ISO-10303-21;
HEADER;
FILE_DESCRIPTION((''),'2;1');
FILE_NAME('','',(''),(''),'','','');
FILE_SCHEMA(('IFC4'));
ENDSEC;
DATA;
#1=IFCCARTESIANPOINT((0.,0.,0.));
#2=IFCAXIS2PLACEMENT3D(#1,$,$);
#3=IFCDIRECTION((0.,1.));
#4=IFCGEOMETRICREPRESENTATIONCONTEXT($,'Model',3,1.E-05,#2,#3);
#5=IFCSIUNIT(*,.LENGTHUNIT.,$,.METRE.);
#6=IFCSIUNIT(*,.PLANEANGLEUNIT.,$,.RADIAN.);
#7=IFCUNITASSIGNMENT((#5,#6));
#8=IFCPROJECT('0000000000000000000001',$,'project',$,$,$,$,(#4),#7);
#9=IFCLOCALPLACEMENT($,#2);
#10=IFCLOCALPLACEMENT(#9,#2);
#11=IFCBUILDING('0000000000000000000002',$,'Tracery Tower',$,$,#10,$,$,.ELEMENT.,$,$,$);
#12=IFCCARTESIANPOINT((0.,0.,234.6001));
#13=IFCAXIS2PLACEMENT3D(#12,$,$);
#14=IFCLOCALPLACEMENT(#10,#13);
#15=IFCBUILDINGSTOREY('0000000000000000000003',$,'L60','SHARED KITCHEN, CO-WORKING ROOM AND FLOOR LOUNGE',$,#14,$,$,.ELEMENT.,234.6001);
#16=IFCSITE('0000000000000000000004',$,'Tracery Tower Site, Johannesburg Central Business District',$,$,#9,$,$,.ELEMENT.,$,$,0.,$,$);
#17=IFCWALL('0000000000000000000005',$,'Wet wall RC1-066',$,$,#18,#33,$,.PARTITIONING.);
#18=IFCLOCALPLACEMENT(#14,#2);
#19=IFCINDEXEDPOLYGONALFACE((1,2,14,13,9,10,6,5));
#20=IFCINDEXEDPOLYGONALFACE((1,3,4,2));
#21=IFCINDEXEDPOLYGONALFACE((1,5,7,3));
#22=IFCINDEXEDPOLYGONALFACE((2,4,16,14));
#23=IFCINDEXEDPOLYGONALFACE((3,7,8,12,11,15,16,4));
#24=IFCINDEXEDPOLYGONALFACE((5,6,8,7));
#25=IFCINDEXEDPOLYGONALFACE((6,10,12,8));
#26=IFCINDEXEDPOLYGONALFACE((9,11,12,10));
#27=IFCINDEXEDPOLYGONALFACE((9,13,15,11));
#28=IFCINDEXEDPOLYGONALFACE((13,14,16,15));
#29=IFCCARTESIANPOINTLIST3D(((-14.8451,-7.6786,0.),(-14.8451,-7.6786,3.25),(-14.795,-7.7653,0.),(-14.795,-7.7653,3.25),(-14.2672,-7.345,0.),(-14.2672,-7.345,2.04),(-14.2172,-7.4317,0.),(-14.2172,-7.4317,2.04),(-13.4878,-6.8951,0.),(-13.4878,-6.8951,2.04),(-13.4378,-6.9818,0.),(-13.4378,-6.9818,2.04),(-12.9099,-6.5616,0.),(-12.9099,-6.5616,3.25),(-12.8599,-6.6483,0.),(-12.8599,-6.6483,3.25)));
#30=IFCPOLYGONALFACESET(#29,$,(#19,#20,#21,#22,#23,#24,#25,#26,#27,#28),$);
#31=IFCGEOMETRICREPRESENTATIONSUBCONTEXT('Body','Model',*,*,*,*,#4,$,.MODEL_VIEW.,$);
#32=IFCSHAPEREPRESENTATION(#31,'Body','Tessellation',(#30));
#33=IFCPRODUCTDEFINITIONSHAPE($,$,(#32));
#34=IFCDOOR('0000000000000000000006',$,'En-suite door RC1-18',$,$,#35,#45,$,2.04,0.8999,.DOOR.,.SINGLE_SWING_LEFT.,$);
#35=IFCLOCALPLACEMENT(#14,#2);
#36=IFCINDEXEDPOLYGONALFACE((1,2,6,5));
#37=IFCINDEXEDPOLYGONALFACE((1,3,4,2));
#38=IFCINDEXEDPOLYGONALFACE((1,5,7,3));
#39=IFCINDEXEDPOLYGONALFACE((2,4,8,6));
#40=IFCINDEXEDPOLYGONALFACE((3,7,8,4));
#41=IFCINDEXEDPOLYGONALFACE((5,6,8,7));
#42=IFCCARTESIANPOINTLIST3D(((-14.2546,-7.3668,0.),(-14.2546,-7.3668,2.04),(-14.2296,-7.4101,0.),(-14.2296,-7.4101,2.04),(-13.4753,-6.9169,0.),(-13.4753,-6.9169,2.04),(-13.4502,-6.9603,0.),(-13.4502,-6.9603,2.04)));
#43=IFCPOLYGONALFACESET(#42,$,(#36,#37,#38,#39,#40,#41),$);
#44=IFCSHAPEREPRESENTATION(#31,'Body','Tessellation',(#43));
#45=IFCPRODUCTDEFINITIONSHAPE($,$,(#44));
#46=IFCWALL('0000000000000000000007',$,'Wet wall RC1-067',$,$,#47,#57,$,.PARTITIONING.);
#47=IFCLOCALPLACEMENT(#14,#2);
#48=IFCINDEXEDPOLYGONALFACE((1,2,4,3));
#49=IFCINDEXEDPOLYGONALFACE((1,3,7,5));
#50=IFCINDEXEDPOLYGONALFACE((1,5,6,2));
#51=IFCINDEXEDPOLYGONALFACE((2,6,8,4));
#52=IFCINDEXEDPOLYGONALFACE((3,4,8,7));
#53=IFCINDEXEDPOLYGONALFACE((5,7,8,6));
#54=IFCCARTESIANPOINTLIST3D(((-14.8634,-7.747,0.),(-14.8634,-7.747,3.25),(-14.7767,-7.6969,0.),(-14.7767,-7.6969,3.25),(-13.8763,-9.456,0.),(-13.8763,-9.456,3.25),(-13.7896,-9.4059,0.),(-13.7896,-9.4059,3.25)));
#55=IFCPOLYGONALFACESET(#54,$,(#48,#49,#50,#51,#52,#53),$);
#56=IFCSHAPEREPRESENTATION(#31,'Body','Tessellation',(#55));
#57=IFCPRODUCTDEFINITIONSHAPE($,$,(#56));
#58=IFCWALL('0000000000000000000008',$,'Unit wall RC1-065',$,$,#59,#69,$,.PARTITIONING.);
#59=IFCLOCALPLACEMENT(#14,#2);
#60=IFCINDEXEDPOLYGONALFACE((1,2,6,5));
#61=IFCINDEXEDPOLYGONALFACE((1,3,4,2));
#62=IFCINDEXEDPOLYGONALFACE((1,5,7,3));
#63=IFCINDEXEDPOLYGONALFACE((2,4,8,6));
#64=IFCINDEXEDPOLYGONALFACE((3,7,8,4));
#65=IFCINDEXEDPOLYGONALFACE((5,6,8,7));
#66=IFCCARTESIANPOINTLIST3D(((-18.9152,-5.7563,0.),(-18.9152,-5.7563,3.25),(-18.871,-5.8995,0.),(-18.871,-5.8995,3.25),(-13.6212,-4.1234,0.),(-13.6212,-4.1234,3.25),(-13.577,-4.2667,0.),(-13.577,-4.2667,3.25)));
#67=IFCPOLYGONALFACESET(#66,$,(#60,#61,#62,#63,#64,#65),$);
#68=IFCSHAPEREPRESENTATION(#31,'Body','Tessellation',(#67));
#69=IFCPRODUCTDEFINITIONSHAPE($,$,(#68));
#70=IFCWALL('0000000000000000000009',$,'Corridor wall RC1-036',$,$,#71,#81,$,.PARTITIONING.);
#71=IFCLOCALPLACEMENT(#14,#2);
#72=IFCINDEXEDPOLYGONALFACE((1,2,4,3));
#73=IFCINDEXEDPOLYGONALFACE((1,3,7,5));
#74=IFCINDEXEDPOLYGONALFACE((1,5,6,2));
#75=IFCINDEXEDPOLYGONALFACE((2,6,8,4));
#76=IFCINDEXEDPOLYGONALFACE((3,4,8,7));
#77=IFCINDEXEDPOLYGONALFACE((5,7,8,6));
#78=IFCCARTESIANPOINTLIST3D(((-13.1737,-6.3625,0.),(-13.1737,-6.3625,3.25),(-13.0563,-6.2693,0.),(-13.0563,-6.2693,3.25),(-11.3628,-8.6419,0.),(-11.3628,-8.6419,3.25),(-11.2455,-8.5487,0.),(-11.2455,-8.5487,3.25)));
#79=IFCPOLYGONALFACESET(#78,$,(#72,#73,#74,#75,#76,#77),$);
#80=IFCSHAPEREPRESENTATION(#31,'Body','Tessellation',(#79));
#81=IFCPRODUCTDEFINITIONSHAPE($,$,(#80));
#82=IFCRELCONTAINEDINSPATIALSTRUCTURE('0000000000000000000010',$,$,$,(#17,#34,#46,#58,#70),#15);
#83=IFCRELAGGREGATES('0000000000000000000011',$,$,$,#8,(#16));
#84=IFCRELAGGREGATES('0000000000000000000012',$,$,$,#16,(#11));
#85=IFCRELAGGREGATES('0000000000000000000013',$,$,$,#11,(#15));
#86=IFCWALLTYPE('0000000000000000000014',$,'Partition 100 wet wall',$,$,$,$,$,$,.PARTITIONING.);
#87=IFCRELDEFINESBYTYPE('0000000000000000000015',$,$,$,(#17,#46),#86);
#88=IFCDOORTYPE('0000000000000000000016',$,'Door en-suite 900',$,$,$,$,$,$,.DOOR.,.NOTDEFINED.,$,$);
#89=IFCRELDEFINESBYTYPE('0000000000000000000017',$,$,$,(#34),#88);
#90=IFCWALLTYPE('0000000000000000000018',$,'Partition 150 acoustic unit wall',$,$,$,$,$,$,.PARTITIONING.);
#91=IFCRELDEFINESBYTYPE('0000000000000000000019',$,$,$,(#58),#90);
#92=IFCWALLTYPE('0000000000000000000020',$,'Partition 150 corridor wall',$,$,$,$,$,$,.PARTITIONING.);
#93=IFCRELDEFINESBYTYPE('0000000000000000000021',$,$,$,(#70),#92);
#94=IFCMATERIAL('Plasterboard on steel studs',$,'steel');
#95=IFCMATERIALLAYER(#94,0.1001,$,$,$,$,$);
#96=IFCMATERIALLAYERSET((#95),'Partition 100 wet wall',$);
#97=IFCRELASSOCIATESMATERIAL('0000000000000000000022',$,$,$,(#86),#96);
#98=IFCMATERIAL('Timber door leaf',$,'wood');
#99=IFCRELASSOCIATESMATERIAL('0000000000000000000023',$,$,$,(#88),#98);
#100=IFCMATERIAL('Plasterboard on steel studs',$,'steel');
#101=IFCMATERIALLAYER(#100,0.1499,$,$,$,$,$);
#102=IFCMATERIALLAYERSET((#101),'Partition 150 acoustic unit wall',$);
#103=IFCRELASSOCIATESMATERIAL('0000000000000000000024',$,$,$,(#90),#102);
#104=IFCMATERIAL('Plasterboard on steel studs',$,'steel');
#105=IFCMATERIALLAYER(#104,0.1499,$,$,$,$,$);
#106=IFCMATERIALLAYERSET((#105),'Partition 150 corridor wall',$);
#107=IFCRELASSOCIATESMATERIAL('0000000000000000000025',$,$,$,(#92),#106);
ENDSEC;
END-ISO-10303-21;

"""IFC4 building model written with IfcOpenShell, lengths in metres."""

from ifc_helpers import new_model, si_unit, direction, frame, frame_2d, origin, place, context, subcontext, project, spatial, rectangle, extrude, material, layer, layer_set, type_object, element, fill, save


model = new_model("IFC4")

# Units and contexts
model_context = context("Model", 3, precision=1e-05, world=origin(), true_north=direction((0.0, 1.0)))
body_context = subcontext(model_context, "Body", "Model", "MODEL_VIEW")
ifc_project = project(units=[si_unit("LENGTHUNIT", "METRE"), si_unit("PLANEANGLEUNIT", "RADIAN")], contexts=[model_context])

# Site, building, storey
site_placement = place(None, origin())
site = spatial("IfcSite", under=ifc_project, at=site_placement, Name="Tracery Tower Site, Johannesburg Central Business District", CompositionType="ELEMENT", RefElevation=0.0)
building_placement = place(site_placement, origin())
building = spatial("IfcBuilding", under=site, at=building_placement, Name="Tracery Tower", CompositionType="ELEMENT")
storey_placement = place(building_placement, frame((0.0, 0.0, 234.6001)))
storey = spatial("IfcBuildingStorey", under=building, at=storey_placement, Name="L60", Description="SHARED KITCHEN, CO-WORKING ROOM AND FLOOR LOUNGE", CompositionType="ELEMENT", Elevation=234.6001)

# Wall, opening, door
ifc_material_1 = material(Name="Plasterboard on steel studs", Category="steel")
ifc_layer_1 = layer(ifc_material_1, 0.1001)
ifc_layer_set_1 = layer_set([ifc_layer_1], Name="Partition 100 wet wall")
wall_type_1 = type_object("IfcWallType", Name="Partition 100 wet wall", PredefinedType="PARTITIONING", material=ifc_layer_set_1)
ifc_material_2 = material(Name="Timber door leaf", Category="wood")
door_type = type_object("IfcDoorType", Name="Door en-suite 900", OperationType="NOTDEFINED", PredefinedType="DOOR", material=ifc_material_2)
wall_1_placement = place(storey_placement, frame((-14.8201, -7.7219, 0.0), z_axis=(0.0, 0.0, 1.0), x_axis=(0.866076, 0.499912, 0.0)))
wall_1 = element("IfcWall", 1, at=wall_1_placement, inside=storey, type_object=wall_type_1, Name="Wet wall RC1-066", PredefinedType="PARTITIONING", context=body_context, shape_type="SweptSolid", body=[
    extrude(rectangle(XDim=2.2344, YDim=0.1001, at=frame_2d((1.1172, 0.0))), origin(), (0.0, 0.0, 1.0), 3.25),
])
opening_1_placement = place(wall_1_placement, frame((0.6672, 0.0, 0.0)))
opening_1 = element("IfcOpeningElement", 2, at=opening_1_placement, cuts=wall_1, PredefinedType="OPENING", context=body_context, shape_type="SweptSolid", body=[
    extrude(rectangle(XDim=0.8999, YDim=2.04, at=frame_2d((0.45, 1.02))), frame((0.0, 0.05, 0.0), z_axis=(0.0, -1.0, 0.0), x_axis=(1.0, 0.0, 0.0)), (0.0, 0.0, 1.0), 0.1001),
])
door_1_placement = place(opening_1_placement, origin())
door_1 = element("IfcDoor", 3, at=door_1_placement, inside=storey, type_object=door_type, Name="En-suite door RC1-18", OperationType="SINGLE_SWING_LEFT", OverallHeight=2.04, OverallWidth=0.8999, PredefinedType="DOOR", context=body_context, shape_type="SweptSolid", body=[
    extrude(rectangle(XDim=0.8999, YDim=2.04, at=frame_2d((0.45, 1.02))), frame((0.0, 0.0249, 0.0), z_axis=(0.0, -1.0, 0.0), x_axis=(1.0, 0.0, 0.0)), (0.0, 0.0, 1.0), 0.05),
])
fill(opening_1, door_1)

# Walls
wall_2_placement = place(storey_placement, frame((-14.8201, -7.7219, 0.0), z_axis=(0.0, 0.0, 1.0), x_axis=(0.500144, -0.865942, 0.0)))
element("IfcWall", 4, at=wall_2_placement, inside=storey, type_object=wall_type_1, Name="Wet wall RC1-067", PredefinedType="PARTITIONING", context=body_context, shape_type="SweptSolid", body=[
    extrude(rectangle(XDim=1.9736, YDim=0.1001, at=frame_2d((0.9868, 0.0))), origin(), (0.0, 0.0, 1.0), 3.25),
])
ifc_material_3 = material(Name="Plasterboard on steel studs", Category="steel")
ifc_layer_2 = layer(ifc_material_3, 0.1499)
ifc_layer_set_2 = layer_set([ifc_layer_2], Name="Partition 150 acoustic unit wall")
wall_type_2 = type_object("IfcWallType", Name="Partition 150 acoustic unit wall", PredefinedType="PARTITIONING", material=ifc_layer_set_2)
wall_3_placement = place(storey_placement, frame((-18.8931, -5.8279, 0.0), z_axis=(0.0, 0.0, 1.0), x_axis=(0.955581, 0.29473, 0.0)))
element("IfcWall", 5, at=wall_3_placement, inside=storey, type_object=wall_type_2, Name="Unit wall RC1-065", PredefinedType="PARTITIONING", context=body_context, shape_type="SweptSolid", body=[
    extrude(rectangle(XDim=5.54, YDim=0.1499, at=frame_2d((2.77, 0.0))), origin(), (0.0, 0.0, 1.0), 3.25),
])
ifc_material_4 = material(Name="Plasterboard on steel studs", Category="steel")
ifc_layer_3 = layer(ifc_material_4, 0.1499)
ifc_layer_set_3 = layer_set([ifc_layer_3], Name="Partition 150 corridor wall")
wall_type_3 = type_object("IfcWallType", Name="Partition 150 corridor wall", PredefinedType="PARTITIONING", material=ifc_layer_set_3)
wall_4_placement = place(storey_placement, frame((-13.115, -6.3159, 0.0), z_axis=(0.0, 0.0, 1.0), x_axis=(0.622042, -0.782983, 0.0)))
element("IfcWall", 6, at=wall_4_placement, inside=storey, type_object=wall_type_3, Name="Corridor wall RC1-036", PredefinedType="PARTITIONING", context=body_context, shape_type="SweptSolid", body=[
    extrude(rectangle(XDim=2.9111, YDim=0.1499, at=frame_2d((1.4556, 0.0))), origin(), (0.0, 0.0, 1.0), 3.25),
])

save(model, "model.ifc")
